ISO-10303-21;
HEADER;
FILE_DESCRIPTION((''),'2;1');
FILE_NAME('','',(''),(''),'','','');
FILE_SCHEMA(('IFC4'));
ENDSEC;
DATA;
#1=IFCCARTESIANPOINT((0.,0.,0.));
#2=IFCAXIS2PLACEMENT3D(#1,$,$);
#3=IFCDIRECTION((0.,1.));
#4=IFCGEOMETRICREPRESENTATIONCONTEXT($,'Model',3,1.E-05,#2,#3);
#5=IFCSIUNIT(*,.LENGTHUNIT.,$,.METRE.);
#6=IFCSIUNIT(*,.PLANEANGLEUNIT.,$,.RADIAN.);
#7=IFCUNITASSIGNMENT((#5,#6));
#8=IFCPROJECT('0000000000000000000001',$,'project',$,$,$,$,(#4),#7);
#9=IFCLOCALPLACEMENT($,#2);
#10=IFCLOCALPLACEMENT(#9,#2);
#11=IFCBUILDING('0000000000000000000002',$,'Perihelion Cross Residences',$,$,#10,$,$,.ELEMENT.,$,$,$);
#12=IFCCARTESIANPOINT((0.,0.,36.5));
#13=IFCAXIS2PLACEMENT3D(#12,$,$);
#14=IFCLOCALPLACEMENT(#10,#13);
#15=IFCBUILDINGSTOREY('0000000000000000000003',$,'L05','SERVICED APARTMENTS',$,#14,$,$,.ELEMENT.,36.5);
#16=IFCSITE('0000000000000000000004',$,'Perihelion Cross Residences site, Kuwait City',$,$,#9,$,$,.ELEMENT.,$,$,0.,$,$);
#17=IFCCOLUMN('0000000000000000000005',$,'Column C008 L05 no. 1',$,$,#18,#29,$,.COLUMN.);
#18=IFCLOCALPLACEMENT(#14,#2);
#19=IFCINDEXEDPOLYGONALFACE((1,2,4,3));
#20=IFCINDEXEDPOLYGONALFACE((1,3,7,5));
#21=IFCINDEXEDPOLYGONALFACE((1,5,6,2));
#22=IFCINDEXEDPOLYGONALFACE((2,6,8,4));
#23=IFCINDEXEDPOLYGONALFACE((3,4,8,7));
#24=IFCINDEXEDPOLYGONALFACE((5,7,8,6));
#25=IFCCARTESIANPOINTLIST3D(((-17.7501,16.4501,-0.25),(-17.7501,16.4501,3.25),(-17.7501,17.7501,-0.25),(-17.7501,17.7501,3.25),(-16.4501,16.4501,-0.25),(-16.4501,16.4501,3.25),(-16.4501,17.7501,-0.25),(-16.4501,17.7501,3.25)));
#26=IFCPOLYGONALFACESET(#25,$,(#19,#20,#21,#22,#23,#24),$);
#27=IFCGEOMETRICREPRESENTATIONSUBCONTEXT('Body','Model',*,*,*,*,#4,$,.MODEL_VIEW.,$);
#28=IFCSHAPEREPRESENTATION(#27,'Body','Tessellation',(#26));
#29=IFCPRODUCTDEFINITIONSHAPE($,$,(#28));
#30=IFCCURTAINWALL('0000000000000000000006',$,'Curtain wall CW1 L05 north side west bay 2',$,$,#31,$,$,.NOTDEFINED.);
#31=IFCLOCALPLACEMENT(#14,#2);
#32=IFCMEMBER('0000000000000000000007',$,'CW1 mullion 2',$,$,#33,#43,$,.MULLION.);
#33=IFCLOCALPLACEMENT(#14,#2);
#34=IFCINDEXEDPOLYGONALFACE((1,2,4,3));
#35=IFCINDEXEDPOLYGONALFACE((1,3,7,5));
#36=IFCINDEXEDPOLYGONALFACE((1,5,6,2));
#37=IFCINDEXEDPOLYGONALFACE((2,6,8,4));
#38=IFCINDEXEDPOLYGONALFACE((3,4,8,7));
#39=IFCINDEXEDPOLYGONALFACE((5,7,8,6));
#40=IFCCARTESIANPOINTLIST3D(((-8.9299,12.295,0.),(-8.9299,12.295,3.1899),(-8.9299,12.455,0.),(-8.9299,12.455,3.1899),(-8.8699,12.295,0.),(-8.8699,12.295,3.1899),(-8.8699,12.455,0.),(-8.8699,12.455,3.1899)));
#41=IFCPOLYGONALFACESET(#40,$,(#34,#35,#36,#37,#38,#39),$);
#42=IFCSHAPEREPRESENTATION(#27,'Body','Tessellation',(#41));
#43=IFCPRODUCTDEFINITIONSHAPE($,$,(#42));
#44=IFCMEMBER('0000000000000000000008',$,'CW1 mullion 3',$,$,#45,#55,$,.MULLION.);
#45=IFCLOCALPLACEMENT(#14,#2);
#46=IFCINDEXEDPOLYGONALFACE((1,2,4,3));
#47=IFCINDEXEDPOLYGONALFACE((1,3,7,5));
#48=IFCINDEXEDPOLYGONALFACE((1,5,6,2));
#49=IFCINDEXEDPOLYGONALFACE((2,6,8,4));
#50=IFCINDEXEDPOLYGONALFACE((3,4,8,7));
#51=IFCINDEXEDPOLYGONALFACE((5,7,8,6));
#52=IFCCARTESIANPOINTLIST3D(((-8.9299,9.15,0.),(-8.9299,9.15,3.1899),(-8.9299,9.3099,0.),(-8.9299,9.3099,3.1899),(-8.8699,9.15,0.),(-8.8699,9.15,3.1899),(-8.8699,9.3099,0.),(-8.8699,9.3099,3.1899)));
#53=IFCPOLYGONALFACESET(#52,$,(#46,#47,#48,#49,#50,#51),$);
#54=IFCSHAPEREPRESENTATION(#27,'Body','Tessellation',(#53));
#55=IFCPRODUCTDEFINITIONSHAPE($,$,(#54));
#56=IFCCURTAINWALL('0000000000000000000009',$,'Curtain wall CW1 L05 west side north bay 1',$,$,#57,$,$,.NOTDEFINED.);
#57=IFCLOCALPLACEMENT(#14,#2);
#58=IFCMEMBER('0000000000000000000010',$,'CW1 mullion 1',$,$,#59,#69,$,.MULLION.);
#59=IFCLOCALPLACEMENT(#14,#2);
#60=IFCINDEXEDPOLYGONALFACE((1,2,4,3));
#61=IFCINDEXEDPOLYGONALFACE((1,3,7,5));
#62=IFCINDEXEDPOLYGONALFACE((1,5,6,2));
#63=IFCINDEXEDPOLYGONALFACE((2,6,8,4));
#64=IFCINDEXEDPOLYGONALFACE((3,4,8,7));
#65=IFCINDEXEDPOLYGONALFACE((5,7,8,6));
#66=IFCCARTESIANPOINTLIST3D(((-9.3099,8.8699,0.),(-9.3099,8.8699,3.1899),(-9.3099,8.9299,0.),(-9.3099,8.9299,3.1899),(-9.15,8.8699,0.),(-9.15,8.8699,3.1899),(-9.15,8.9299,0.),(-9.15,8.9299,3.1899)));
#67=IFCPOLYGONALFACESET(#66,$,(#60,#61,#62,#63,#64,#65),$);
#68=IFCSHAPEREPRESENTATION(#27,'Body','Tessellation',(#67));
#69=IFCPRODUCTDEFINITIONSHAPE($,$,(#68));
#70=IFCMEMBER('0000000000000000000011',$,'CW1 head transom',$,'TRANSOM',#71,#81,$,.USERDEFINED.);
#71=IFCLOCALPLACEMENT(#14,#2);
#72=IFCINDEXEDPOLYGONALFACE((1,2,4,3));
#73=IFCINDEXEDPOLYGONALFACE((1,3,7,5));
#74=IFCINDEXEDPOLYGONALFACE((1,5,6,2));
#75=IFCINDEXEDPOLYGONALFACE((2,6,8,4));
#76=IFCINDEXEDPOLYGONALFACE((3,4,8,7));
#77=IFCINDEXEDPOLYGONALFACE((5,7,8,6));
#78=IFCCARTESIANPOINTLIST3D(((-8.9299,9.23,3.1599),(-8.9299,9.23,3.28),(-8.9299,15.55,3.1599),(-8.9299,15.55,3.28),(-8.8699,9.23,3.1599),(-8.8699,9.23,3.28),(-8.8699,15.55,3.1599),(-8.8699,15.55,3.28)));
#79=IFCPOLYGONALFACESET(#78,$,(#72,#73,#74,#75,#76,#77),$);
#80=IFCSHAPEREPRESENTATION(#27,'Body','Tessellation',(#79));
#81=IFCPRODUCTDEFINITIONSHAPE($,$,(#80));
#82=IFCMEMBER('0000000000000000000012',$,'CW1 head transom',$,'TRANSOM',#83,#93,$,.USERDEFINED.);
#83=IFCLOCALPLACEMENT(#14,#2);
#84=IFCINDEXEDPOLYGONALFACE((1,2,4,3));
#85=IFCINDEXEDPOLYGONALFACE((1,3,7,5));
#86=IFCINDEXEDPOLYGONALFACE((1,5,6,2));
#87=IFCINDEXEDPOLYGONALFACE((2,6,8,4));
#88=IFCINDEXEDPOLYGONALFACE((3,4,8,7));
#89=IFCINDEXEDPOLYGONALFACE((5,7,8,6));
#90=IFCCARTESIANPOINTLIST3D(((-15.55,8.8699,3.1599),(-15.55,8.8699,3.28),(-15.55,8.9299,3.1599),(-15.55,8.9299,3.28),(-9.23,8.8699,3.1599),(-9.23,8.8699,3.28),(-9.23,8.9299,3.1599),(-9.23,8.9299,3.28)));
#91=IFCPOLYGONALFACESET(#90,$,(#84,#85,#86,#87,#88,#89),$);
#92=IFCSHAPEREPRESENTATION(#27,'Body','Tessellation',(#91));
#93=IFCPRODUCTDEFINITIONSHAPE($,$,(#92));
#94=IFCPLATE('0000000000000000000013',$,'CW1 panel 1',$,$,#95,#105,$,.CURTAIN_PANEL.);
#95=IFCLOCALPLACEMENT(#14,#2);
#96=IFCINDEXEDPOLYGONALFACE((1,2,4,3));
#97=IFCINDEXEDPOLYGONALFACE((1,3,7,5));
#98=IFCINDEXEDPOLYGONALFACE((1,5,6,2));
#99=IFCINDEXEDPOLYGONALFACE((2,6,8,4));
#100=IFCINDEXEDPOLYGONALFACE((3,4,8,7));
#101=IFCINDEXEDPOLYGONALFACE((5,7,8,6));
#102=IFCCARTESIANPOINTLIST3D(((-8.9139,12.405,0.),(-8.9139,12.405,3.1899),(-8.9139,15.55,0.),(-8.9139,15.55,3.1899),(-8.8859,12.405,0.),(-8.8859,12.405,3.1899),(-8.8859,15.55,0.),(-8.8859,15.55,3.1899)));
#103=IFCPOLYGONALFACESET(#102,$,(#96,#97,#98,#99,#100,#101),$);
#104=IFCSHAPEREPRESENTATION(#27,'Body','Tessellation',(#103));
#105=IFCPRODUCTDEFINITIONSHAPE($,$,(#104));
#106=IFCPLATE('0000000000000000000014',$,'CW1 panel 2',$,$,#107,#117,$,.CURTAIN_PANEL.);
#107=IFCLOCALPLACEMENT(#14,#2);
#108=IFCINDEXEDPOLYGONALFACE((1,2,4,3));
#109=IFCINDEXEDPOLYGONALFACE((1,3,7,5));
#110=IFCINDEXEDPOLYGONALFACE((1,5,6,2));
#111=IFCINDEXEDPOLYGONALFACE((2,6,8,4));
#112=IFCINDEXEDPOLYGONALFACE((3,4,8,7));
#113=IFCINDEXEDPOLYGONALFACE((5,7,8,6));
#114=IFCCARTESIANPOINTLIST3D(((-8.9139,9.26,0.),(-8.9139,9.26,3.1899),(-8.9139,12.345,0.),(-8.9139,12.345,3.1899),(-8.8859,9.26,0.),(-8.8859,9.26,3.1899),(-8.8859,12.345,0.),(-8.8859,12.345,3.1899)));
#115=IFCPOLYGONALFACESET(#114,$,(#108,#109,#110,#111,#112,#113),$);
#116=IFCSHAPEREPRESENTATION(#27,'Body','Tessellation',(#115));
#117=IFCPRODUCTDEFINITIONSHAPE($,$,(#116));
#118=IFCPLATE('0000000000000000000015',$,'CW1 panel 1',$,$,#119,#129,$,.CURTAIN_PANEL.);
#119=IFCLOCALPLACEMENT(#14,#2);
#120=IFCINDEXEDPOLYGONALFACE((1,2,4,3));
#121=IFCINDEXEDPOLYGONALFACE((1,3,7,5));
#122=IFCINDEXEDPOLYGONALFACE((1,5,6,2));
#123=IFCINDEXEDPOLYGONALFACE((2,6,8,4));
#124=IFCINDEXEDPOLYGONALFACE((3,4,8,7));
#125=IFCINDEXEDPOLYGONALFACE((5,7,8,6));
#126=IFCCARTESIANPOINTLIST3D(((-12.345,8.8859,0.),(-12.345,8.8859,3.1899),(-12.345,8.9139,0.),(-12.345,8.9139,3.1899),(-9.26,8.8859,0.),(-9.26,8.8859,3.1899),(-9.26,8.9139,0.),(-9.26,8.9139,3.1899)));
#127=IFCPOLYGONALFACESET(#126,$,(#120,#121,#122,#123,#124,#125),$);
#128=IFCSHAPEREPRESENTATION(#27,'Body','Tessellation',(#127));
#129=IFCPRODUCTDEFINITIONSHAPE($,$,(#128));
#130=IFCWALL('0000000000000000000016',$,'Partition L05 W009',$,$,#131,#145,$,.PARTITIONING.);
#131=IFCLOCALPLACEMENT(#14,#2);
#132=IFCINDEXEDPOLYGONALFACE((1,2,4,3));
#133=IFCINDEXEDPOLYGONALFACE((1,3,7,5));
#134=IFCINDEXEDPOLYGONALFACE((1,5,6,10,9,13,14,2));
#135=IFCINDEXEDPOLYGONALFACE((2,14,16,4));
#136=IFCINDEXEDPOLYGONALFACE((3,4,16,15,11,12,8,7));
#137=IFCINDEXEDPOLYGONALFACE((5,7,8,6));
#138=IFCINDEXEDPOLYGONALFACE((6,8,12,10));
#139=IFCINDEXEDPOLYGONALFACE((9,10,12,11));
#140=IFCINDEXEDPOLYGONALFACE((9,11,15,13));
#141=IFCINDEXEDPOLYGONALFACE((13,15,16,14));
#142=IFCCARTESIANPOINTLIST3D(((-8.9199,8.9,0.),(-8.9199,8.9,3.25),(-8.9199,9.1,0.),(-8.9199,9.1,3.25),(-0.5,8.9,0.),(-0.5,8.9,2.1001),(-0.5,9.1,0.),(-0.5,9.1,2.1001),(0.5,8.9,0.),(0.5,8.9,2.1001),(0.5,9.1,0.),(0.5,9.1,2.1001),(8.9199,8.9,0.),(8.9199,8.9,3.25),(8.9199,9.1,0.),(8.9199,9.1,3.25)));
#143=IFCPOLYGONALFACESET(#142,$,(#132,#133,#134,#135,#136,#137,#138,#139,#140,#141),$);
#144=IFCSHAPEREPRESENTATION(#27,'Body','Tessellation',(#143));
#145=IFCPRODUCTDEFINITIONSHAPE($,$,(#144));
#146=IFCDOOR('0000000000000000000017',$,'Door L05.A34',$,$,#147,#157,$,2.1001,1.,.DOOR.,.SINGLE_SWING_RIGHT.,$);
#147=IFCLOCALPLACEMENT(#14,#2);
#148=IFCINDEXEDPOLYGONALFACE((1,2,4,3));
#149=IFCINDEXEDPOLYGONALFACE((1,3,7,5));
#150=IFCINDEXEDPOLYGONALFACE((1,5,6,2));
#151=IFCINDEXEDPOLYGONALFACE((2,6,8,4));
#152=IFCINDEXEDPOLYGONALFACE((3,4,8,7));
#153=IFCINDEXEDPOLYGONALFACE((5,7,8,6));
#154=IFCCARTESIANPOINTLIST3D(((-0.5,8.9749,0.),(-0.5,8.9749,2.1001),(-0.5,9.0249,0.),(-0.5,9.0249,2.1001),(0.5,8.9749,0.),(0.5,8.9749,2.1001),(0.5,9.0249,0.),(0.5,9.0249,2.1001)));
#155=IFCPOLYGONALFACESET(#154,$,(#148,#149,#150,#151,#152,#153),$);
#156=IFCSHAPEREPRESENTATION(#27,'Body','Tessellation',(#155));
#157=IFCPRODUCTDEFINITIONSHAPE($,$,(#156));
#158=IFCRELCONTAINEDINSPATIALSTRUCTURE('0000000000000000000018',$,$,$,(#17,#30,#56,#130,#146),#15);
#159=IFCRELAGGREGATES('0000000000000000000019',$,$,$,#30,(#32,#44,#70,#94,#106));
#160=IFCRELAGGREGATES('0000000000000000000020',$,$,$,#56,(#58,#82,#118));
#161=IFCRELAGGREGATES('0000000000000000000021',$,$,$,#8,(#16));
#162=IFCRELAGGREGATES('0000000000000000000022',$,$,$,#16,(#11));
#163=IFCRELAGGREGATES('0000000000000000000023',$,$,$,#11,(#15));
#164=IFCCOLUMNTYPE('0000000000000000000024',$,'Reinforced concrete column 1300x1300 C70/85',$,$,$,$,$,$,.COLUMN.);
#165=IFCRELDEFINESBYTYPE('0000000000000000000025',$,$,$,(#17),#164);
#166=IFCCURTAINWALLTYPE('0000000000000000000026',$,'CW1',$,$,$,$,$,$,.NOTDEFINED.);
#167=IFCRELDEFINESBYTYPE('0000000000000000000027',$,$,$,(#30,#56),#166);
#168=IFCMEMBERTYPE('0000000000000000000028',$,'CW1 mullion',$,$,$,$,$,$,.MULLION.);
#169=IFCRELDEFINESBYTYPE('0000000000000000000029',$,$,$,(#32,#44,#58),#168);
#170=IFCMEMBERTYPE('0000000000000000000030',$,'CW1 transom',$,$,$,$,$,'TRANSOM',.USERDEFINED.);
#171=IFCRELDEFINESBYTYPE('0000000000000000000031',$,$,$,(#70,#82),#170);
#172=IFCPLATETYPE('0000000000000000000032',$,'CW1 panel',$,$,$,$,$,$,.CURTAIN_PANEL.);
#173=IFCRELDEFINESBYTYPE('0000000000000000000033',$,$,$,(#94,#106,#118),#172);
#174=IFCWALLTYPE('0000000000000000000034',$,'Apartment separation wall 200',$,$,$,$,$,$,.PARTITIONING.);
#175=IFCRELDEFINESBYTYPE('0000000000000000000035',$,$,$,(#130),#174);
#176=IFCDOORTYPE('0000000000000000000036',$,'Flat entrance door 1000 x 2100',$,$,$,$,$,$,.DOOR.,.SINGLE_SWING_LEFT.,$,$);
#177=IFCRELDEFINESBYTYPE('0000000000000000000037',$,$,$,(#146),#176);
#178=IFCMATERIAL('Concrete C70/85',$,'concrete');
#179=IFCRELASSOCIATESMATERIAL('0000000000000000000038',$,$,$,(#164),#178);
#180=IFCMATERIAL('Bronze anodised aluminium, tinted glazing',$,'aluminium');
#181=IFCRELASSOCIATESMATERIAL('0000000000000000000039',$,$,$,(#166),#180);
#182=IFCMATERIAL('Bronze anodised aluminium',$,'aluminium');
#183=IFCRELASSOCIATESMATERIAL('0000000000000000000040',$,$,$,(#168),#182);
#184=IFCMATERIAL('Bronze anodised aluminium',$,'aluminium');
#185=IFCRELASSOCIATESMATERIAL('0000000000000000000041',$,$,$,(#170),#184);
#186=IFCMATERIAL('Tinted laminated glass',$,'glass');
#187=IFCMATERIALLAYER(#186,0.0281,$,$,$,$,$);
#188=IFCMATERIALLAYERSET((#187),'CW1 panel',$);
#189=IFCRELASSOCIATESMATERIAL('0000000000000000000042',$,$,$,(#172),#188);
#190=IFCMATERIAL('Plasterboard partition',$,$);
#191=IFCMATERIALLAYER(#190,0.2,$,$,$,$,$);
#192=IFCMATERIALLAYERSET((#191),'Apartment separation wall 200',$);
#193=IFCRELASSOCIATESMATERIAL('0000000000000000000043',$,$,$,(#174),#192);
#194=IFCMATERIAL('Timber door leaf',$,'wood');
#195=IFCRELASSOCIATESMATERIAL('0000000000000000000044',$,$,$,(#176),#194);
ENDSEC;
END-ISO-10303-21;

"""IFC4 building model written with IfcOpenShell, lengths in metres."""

from ifc_helpers import new_model, si_unit, direction, frame, frame_2d, origin, origin_2d, place, context, subcontext, project, spatial, rectangle, extrude, material, layer, layer_set, material_profile, profile_set, type_object, element, fill, aggregate, save


model = new_model("IFC4")

# Units and contexts
model_context = context("Model", 3, precision=1e-05, world=origin(), true_north=direction((0.0, 1.0)))
body_context = subcontext(model_context, "Body", "Model", "MODEL_VIEW")
ifc_project = project(units=[si_unit("LENGTHUNIT", "METRE"), si_unit("PLANEANGLEUNIT", "RADIAN")], contexts=[model_context])

# Site, building, storey
site_placement = place(None, origin())
site = spatial("IfcSite", under=ifc_project, at=site_placement, Name="Perihelion Cross Residences site, Kuwait City", CompositionType="ELEMENT", RefElevation=0.0)
building_placement = place(site_placement, origin())
building = spatial("IfcBuilding", under=site, at=building_placement, Name="Perihelion Cross Residences", CompositionType="ELEMENT")
storey_placement = place(building_placement, frame((0.0, 0.0, 36.5)))
storey = spatial("IfcBuildingStorey", under=building, at=storey_placement, Name="L05", Description="SERVICED APARTMENTS", CompositionType="ELEMENT", Elevation=36.5)

# Column
ifc_material_1 = material(Name="Concrete C70/85", Category="concrete")
ifc_material_profile_1 = material_profile(ifc_material_1, rectangle(XDim=1.3, YDim=1.3, at=origin_2d()), Name="RC 1300x1300")
ifc_profile_set_1 = profile_set([ifc_material_profile_1], Name="Concrete C70/85")
column_type = type_object("IfcColumnType", Name="Reinforced concrete column 1300x1300 C70/85", PredefinedType="COLUMN", material=ifc_profile_set_1)
column_placement = place(storey_placement, frame((-17.1001, 17.1001, -0.25), z_axis=(0.0, 0.0, 1.0), x_axis=(1.0, 0.0, 0.0)))
element("IfcColumn", 1, at=column_placement, inside=storey, type_object=column_type, Name="Column C008 L05 no. 1", PredefinedType="COLUMN", context=body_context, shape_type="SweptSolid", body=[
    extrude(rectangle(XDim=1.3, YDim=1.3, at=origin_2d()), origin(), (0.0, 0.0, 1.0), 3.5),
])

# Curtain wall, members
ifc_material_2 = material(Name="Bronze anodised aluminium, tinted glazing", Category="aluminium")
curtain_wall_type = type_object("IfcCurtainWallType", Name="CW1", PredefinedType="NOTDEFINED", material=ifc_material_2)
curtain_wall_1_placement = place(storey_placement, origin())
curtain_wall_1 = element("IfcCurtainWall", 2, at=curtain_wall_1_placement, inside=storey, type_object=curtain_wall_type, Name="Curtain wall CW1 L05 north side west bay 2", PredefinedType="NOTDEFINED")
ifc_material_3 = material(Name="Bronze anodised aluminium", Category="aluminium")
ifc_material_profile_2 = material_profile(ifc_material_3, rectangle(XDim=0.0601, YDim=0.1599, at=origin_2d()), Name="CW1 mullion")
ifc_profile_set_2 = profile_set([ifc_material_profile_2], Name="Bronze anodised aluminium")
member_type_1 = type_object("IfcMemberType", Name="CW1 mullion", PredefinedType="MULLION", material=ifc_profile_set_2)
member_1_placement = place(storey_placement, frame((-8.8999, 12.375, 0.0), z_axis=(0.0, 0.0, 1.0), x_axis=(1.0, 0.0, 0.0)))
member_1 = element("IfcMember", 3, at=member_1_placement, type_object=member_type_1, Name="CW1 mullion 2", PredefinedType="MULLION", context=body_context, shape_type="SweptSolid", body=[
    extrude(rectangle(XDim=0.0601, YDim=0.1599, at=origin_2d()), origin(), (0.0, 0.0, 1.0), 3.1899),
])
member_2_placement = place(storey_placement, frame((-8.8999, 9.23, 0.0), z_axis=(0.0, 0.0, 1.0), x_axis=(1.0, 0.0, 0.0)))
member_2 = element("IfcMember", 4, at=member_2_placement, type_object=member_type_1, Name="CW1 mullion 3", PredefinedType="MULLION", context=body_context, shape_type="SweptSolid", body=[
    extrude(rectangle(XDim=0.0601, YDim=0.1599, at=origin_2d()), origin(), (0.0, 0.0, 1.0), 3.1899),
])

# Curtain wall, member
curtain_wall_2_placement = place(storey_placement, origin())
curtain_wall_2 = element("IfcCurtainWall", 5, at=curtain_wall_2_placement, inside=storey, type_object=curtain_wall_type, Name="Curtain wall CW1 L05 west side north bay 1", PredefinedType="NOTDEFINED")
member_3_placement = place(storey_placement, frame((-9.23, 8.8999, 0.0), z_axis=(0.0, 0.0, 1.0), x_axis=(0.0, -1.0, 0.0)))
member_3 = element("IfcMember", 6, at=member_3_placement, type_object=member_type_1, Name="CW1 mullion 1", PredefinedType="MULLION", context=body_context, shape_type="SweptSolid", body=[
    extrude(rectangle(XDim=0.0601, YDim=0.1599, at=origin_2d()), origin(), (0.0, 0.0, 1.0), 3.1899),
])

# Members
ifc_material_4 = material(Name="Bronze anodised aluminium", Category="aluminium")
ifc_material_profile_3 = material_profile(ifc_material_4, rectangle(XDim=0.0601, YDim=0.1201, at=origin_2d()), Name="CW1 transom")
ifc_profile_set_3 = profile_set([ifc_material_profile_3], Name="Bronze anodised aluminium")
member_type_2 = type_object("IfcMemberType", Name="CW1 transom", ElementType="TRANSOM", PredefinedType="USERDEFINED", material=ifc_profile_set_3)
member_4_placement = place(storey_placement, frame((-8.8999, 15.55, 3.22), z_axis=(0.0, -1.0, 0.0), x_axis=(1.0, 0.0, 0.0)))
member_4 = element("IfcMember", 7, at=member_4_placement, type_object=member_type_2, Name="CW1 head transom", ObjectType="TRANSOM", PredefinedType="USERDEFINED", context=body_context, shape_type="SweptSolid", body=[
    extrude(rectangle(XDim=0.0601, YDim=0.1201, at=origin_2d()), origin(), (0.0, 0.0, 1.0), 6.3201),
])
member_5_placement = place(storey_placement, frame((-9.23, 8.8999, 3.22), z_axis=(-1.0, 0.0, 0.0), x_axis=(0.0, -1.0, 0.0)))
member_5 = element("IfcMember", 8, at=member_5_placement, type_object=member_type_2, Name="CW1 head transom", ObjectType="TRANSOM", PredefinedType="USERDEFINED", context=body_context, shape_type="SweptSolid", body=[
    extrude(rectangle(XDim=0.0601, YDim=0.1201, at=origin_2d()), origin(), (0.0, 0.0, 1.0), 6.3201),
])

# Plates
ifc_material_5 = material(Name="Tinted laminated glass", Category="glass")
ifc_layer_1 = layer(ifc_material_5, 0.0281)
ifc_layer_set_1 = layer_set([ifc_layer_1], Name="CW1 panel")
plate_type = type_object("IfcPlateType", Name="CW1 panel", PredefinedType="CURTAIN_PANEL", material=ifc_layer_set_1)
plate_1_placement = place(storey_placement, frame((-8.8999, 13.9775, 0.0), z_axis=(0.0, 0.0, 1.0), x_axis=(0.0, -1.0, 0.0)))
plate_1 = element("IfcPlate", 9, at=plate_1_placement, type_object=plate_type, Name="CW1 panel 1", PredefinedType="CURTAIN_PANEL", context=body_context, shape_type="SweptSolid", body=[
    extrude(rectangle(XDim=3.145, YDim=0.0281, at=origin_2d()), origin(), (0.0, 0.0, 1.0), 3.1899),
])
plate_2_placement = place(storey_placement, frame((-8.8999, 10.8025, 0.0), z_axis=(0.0, 0.0, 1.0), x_axis=(0.0, -1.0, 0.0)))
plate_2 = element("IfcPlate", 10, at=plate_2_placement, type_object=plate_type, Name="CW1 panel 2", PredefinedType="CURTAIN_PANEL", context=body_context, shape_type="SweptSolid", body=[
    extrude(rectangle(XDim=3.085, YDim=0.0281, at=origin_2d()), origin(), (0.0, 0.0, 1.0), 3.1899),
])
aggregate(curtain_wall_1, [member_1, member_2, member_4, plate_1, plate_2])
plate_3_placement = place(storey_placement, frame((-10.8025, 8.8999, 0.0), z_axis=(0.0, 0.0, 1.0), x_axis=(-1.0, 0.0, 0.0)))
plate_3 = element("IfcPlate", 11, at=plate_3_placement, type_object=plate_type, Name="CW1 panel 1", PredefinedType="CURTAIN_PANEL", context=body_context, shape_type="SweptSolid", body=[
    extrude(rectangle(XDim=3.085, YDim=0.0281, at=origin_2d()), origin(), (0.0, 0.0, 1.0), 3.1899),
])
aggregate(curtain_wall_2, [member_3, member_5, plate_3])

# Wall, opening, door
ifc_material_6 = material(Name="Plasterboard partition")
ifc_layer_2 = layer(ifc_material_6, 0.2)
ifc_layer_set_2 = layer_set([ifc_layer_2], Name="Apartment separation wall 200")
wall_type_1 = type_object("IfcWallType", Name="Apartment separation wall 200", PredefinedType="PARTITIONING", material=ifc_layer_set_2)
wall_1_placement = place(storey_placement, frame((-8.9199, 9.0, 0.0), z_axis=(0.0, 0.0, 1.0), x_axis=(1.0, 0.0, 0.0)))
wall_1 = element("IfcWall", 12, at=wall_1_placement, inside=storey, type_object=wall_type_1, Name="Partition L05 W009", PredefinedType="PARTITIONING", context=body_context, shape_type="SweptSolid", body=[
    extrude(rectangle(XDim=17.8398, YDim=0.2, at=frame_2d((8.9199, 0.0))), origin(), (0.0, 0.0, 1.0), 3.25),
])
opening_1_placement = place(wall_1_placement, frame((8.4199, 0.0, 0.0)))
opening_1 = element("IfcOpeningElement", 13, at=opening_1_placement, cuts=wall_1, PredefinedType="OPENING", context=body_context, shape_type="SweptSolid", body=[
    extrude(rectangle(XDim=1.0, YDim=2.1001, at=frame_2d((0.5, 1.05))), frame((0.0, 0.1099, 0.0), z_axis=(0.0, -1.0, 0.0), x_axis=(1.0, 0.0, 0.0)), (0.0, 0.0, 1.0), 0.22),
])
ifc_material_7 = material(Name="Timber door leaf", Category="wood")
door_type_1 = type_object("IfcDoorType", Name="Flat entrance door 1000 x 2100", OperationType="SINGLE_SWING_LEFT", PredefinedType="DOOR", material=ifc_material_7)
door_1_placement = place(opening_1_placement, origin())
door_1 = element("IfcDoor", 14, at=door_1_placement, inside=storey, type_object=door_type_1, Name="Door L05.A34", OperationType="SINGLE_SWING_RIGHT", OverallHeight=2.1001, OverallWidth=1.0, PredefinedType="DOOR", context=body_context, shape_type="SweptSolid", body=[
    extrude(rectangle(XDim=1.0, YDim=2.1001, at=frame_2d((0.5, 1.05))), frame((0.0, 0.0249, 0.0), z_axis=(0.0, -1.0, 0.0), x_axis=(1.0, 0.0, 0.0)), (0.0, 0.0, 1.0), 0.05),
])
fill(opening_1, door_1)

save(model, "model.ifc")
